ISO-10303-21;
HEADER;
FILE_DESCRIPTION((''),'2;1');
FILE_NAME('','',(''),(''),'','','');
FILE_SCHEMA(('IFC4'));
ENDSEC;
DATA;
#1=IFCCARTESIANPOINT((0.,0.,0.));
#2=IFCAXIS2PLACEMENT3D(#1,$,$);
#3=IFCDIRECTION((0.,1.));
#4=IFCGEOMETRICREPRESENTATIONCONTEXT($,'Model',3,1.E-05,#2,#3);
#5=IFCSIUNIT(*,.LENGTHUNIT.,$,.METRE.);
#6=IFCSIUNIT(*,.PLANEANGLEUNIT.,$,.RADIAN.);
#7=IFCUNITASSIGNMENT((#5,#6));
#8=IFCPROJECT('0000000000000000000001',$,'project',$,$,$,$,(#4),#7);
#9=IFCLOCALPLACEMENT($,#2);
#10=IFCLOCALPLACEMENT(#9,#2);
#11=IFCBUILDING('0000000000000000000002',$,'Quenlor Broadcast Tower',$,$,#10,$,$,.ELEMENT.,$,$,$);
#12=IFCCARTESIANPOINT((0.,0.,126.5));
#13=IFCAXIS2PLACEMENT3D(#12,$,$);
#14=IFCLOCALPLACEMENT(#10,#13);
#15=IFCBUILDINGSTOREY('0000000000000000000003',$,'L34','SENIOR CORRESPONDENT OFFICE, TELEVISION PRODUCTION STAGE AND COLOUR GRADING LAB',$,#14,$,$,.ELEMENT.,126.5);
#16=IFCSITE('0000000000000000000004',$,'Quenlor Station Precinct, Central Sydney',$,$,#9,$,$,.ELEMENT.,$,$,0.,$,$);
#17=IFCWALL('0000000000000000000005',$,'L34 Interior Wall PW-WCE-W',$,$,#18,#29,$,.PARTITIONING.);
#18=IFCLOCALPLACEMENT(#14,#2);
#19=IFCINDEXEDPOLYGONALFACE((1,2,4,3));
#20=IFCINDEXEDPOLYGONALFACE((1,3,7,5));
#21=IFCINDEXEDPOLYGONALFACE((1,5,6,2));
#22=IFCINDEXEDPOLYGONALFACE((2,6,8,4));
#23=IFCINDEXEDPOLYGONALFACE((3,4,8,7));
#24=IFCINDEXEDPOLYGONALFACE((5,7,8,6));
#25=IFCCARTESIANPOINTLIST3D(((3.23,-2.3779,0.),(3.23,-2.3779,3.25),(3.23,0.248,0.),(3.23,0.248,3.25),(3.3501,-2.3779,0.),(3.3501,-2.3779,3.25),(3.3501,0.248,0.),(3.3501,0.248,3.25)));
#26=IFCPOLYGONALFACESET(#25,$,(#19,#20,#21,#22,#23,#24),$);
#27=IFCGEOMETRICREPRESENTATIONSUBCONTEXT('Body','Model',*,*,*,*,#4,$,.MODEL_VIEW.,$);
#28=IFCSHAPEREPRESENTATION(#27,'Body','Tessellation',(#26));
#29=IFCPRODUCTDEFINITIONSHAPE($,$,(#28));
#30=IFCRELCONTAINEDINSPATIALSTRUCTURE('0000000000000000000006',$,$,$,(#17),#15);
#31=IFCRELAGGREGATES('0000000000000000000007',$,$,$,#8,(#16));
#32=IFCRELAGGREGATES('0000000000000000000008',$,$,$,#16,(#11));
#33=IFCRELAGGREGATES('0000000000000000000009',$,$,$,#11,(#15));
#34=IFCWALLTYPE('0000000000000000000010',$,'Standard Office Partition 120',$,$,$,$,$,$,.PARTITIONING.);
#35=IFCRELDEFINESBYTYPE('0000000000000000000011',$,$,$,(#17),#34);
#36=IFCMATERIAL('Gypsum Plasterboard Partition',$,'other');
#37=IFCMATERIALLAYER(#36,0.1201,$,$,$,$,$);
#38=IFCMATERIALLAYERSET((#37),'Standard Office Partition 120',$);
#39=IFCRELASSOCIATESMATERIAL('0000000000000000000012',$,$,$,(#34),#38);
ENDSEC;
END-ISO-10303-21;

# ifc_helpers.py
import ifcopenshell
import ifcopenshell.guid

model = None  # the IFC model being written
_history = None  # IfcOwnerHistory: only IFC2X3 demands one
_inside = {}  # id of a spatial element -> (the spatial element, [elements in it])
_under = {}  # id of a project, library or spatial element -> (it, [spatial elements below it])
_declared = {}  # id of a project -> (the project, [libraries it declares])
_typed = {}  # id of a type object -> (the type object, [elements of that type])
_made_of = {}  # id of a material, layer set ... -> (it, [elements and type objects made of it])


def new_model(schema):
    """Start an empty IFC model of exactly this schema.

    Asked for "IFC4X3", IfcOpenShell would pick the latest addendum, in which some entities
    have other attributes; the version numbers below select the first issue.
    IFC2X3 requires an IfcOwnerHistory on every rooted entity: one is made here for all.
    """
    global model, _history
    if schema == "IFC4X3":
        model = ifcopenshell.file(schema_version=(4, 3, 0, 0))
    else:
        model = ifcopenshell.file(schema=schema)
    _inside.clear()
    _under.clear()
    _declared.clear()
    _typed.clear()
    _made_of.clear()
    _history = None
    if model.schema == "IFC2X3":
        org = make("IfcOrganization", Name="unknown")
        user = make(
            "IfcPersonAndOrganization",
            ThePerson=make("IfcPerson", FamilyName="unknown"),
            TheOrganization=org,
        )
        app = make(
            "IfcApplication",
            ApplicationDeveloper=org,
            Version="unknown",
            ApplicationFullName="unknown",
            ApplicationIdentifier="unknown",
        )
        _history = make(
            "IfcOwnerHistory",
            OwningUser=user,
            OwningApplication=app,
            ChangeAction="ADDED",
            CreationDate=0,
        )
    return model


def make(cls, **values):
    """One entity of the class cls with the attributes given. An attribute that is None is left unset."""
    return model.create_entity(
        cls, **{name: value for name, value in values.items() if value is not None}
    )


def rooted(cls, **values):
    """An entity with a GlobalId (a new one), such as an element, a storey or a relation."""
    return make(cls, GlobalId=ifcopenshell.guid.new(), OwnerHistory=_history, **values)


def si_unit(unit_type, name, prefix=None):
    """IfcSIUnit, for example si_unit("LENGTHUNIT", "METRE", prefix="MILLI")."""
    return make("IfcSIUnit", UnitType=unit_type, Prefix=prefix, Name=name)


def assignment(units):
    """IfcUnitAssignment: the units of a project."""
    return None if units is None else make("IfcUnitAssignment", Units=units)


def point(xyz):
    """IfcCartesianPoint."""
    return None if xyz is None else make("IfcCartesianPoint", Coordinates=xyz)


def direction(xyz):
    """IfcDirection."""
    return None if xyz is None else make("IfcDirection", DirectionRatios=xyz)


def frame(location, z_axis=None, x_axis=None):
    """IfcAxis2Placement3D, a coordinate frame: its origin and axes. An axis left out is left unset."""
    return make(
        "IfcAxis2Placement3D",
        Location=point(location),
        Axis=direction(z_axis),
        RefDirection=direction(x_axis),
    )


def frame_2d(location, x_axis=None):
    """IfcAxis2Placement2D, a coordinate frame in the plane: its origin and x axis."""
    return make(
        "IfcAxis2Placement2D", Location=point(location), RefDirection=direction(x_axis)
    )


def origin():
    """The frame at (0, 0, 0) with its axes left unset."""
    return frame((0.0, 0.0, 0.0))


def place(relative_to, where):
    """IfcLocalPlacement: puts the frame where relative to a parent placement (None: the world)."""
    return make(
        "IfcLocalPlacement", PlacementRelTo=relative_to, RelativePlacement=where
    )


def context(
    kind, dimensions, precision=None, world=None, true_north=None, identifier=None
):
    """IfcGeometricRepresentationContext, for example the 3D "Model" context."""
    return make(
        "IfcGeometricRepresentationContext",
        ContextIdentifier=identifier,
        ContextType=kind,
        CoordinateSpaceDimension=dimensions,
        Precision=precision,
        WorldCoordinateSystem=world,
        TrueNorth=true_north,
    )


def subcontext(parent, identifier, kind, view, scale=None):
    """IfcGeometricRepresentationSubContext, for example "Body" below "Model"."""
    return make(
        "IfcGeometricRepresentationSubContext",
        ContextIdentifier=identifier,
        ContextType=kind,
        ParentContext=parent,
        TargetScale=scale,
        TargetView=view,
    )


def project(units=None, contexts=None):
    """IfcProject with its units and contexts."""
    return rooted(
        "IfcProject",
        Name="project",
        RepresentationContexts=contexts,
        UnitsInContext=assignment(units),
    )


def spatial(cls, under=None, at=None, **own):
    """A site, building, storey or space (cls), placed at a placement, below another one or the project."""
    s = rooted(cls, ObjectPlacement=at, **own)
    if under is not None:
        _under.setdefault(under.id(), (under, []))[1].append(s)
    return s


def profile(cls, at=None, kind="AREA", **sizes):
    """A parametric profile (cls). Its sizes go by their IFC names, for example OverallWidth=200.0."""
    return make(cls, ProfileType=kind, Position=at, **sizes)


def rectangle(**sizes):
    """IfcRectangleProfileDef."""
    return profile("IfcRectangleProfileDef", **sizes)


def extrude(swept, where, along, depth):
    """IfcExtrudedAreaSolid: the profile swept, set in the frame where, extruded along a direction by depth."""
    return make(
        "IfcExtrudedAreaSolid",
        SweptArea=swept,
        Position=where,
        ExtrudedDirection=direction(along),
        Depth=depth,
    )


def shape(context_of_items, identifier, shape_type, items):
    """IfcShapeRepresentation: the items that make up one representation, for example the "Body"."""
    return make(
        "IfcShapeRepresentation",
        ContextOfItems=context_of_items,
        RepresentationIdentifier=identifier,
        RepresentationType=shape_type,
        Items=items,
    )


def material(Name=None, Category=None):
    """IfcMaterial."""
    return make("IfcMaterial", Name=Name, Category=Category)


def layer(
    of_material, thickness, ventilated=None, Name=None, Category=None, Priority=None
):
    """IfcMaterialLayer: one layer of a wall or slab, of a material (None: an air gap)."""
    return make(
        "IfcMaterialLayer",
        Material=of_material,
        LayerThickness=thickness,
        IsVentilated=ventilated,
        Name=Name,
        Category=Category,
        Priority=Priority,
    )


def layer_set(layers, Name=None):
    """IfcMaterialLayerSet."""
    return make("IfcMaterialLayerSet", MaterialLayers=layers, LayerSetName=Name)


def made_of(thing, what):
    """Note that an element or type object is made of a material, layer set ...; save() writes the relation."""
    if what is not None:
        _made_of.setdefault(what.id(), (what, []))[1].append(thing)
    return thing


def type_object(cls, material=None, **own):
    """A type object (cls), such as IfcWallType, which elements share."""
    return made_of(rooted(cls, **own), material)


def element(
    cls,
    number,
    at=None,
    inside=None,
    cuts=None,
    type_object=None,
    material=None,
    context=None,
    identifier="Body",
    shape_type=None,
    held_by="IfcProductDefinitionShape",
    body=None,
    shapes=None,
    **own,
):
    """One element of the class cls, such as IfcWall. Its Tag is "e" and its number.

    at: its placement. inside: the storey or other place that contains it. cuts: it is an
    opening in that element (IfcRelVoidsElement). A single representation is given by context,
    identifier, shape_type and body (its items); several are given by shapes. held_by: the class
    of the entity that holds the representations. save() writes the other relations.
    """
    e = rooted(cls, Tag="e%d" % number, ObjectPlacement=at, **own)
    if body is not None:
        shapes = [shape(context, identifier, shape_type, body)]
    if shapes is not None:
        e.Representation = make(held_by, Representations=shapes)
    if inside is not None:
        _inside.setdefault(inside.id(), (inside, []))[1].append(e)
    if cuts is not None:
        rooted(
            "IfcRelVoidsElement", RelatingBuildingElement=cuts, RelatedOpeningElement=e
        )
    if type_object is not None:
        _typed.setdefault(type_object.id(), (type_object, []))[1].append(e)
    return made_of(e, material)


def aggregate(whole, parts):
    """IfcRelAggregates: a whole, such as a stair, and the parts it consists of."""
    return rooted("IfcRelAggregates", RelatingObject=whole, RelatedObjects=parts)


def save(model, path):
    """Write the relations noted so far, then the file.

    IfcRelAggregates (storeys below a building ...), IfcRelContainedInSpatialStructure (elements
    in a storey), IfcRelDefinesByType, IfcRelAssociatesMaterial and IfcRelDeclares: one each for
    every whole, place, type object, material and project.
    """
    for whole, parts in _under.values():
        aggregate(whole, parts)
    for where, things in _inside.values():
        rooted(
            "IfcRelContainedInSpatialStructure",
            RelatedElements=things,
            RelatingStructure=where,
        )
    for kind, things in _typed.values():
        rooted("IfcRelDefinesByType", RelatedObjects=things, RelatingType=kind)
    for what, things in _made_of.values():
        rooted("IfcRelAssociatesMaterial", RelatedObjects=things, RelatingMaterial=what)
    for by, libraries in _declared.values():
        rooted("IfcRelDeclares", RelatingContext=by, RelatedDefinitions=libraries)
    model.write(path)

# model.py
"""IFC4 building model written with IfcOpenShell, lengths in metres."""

from ifc_helpers import new_model, si_unit, direction, frame, frame_2d, origin, place, context, subcontext, project, spatial, rectangle, extrude, material, layer, layer_set, type_object, element, save


model = new_model("IFC4")

# Units and contexts
model_context = context("Model", 3, precision=1e-05, world=origin(), true_north=direction((0.0, 1.0)))
body_context = subcontext(model_context, "Body", "Model", "MODEL_VIEW")
ifc_project = project(units=[si_unit("LENGTHUNIT", "METRE"), si_unit("PLANEANGLEUNIT", "RADIAN")], contexts=[model_context])

# Site, building, storey
site_placement = place(None, origin())
site = spatial("IfcSite", under=ifc_project, at=site_placement, Name="Quenlor Station Precinct, Central Sydney", CompositionType="ELEMENT", RefElevation=0.0)
building_placement = place(site_placement, origin())
building = spatial("IfcBuilding", under=site, at=building_placement, Name="Quenlor Broadcast Tower", CompositionType="ELEMENT")
storey_placement = place(building_placement, frame((0.0, 0.0, 126.5)))
storey = spatial("IfcBuildingStorey", under=building, at=storey_placement, Name="L34", Description="SENIOR CORRESPONDENT OFFICE, TELEVISION PRODUCTION STAGE AND COLOUR GRADING LAB", CompositionType="ELEMENT", Elevation=126.5)

# Shared definitions
ifc_material_1 = material(Name="Gypsum Plasterboard Partition", Category="other")
ifc_layer_1 = layer(ifc_material_1, 0.1201)
ifc_layer_set_1 = layer_set([ifc_layer_1], Name="Standard Office Partition 120")
wall_type_1 = type_object("IfcWallType", Name="Standard Office Partition 120", PredefinedType="PARTITIONING", material=ifc_layer_set_1)

# Wall
wall_1_placement = place(storey_placement, frame((3.29, -2.3779, 0.0), z_axis=(0.0, 0.0, 1.0), x_axis=(0.0, 1.0, 0.0)))
element("IfcWall", 1, at=wall_1_placement, inside=storey, type_object=wall_type_1, Name="L34 Interior Wall PW-WCE-W", PredefinedType="PARTITIONING", context=body_context, shape_type="SweptSolid", body=[
    extrude(rectangle(XDim=2.626, YDim=0.1201, at=frame_2d((1.313, 0.0))), origin(), (0.0, 0.0, 1.0), 3.25),
])

save(model, "model.ifc")
